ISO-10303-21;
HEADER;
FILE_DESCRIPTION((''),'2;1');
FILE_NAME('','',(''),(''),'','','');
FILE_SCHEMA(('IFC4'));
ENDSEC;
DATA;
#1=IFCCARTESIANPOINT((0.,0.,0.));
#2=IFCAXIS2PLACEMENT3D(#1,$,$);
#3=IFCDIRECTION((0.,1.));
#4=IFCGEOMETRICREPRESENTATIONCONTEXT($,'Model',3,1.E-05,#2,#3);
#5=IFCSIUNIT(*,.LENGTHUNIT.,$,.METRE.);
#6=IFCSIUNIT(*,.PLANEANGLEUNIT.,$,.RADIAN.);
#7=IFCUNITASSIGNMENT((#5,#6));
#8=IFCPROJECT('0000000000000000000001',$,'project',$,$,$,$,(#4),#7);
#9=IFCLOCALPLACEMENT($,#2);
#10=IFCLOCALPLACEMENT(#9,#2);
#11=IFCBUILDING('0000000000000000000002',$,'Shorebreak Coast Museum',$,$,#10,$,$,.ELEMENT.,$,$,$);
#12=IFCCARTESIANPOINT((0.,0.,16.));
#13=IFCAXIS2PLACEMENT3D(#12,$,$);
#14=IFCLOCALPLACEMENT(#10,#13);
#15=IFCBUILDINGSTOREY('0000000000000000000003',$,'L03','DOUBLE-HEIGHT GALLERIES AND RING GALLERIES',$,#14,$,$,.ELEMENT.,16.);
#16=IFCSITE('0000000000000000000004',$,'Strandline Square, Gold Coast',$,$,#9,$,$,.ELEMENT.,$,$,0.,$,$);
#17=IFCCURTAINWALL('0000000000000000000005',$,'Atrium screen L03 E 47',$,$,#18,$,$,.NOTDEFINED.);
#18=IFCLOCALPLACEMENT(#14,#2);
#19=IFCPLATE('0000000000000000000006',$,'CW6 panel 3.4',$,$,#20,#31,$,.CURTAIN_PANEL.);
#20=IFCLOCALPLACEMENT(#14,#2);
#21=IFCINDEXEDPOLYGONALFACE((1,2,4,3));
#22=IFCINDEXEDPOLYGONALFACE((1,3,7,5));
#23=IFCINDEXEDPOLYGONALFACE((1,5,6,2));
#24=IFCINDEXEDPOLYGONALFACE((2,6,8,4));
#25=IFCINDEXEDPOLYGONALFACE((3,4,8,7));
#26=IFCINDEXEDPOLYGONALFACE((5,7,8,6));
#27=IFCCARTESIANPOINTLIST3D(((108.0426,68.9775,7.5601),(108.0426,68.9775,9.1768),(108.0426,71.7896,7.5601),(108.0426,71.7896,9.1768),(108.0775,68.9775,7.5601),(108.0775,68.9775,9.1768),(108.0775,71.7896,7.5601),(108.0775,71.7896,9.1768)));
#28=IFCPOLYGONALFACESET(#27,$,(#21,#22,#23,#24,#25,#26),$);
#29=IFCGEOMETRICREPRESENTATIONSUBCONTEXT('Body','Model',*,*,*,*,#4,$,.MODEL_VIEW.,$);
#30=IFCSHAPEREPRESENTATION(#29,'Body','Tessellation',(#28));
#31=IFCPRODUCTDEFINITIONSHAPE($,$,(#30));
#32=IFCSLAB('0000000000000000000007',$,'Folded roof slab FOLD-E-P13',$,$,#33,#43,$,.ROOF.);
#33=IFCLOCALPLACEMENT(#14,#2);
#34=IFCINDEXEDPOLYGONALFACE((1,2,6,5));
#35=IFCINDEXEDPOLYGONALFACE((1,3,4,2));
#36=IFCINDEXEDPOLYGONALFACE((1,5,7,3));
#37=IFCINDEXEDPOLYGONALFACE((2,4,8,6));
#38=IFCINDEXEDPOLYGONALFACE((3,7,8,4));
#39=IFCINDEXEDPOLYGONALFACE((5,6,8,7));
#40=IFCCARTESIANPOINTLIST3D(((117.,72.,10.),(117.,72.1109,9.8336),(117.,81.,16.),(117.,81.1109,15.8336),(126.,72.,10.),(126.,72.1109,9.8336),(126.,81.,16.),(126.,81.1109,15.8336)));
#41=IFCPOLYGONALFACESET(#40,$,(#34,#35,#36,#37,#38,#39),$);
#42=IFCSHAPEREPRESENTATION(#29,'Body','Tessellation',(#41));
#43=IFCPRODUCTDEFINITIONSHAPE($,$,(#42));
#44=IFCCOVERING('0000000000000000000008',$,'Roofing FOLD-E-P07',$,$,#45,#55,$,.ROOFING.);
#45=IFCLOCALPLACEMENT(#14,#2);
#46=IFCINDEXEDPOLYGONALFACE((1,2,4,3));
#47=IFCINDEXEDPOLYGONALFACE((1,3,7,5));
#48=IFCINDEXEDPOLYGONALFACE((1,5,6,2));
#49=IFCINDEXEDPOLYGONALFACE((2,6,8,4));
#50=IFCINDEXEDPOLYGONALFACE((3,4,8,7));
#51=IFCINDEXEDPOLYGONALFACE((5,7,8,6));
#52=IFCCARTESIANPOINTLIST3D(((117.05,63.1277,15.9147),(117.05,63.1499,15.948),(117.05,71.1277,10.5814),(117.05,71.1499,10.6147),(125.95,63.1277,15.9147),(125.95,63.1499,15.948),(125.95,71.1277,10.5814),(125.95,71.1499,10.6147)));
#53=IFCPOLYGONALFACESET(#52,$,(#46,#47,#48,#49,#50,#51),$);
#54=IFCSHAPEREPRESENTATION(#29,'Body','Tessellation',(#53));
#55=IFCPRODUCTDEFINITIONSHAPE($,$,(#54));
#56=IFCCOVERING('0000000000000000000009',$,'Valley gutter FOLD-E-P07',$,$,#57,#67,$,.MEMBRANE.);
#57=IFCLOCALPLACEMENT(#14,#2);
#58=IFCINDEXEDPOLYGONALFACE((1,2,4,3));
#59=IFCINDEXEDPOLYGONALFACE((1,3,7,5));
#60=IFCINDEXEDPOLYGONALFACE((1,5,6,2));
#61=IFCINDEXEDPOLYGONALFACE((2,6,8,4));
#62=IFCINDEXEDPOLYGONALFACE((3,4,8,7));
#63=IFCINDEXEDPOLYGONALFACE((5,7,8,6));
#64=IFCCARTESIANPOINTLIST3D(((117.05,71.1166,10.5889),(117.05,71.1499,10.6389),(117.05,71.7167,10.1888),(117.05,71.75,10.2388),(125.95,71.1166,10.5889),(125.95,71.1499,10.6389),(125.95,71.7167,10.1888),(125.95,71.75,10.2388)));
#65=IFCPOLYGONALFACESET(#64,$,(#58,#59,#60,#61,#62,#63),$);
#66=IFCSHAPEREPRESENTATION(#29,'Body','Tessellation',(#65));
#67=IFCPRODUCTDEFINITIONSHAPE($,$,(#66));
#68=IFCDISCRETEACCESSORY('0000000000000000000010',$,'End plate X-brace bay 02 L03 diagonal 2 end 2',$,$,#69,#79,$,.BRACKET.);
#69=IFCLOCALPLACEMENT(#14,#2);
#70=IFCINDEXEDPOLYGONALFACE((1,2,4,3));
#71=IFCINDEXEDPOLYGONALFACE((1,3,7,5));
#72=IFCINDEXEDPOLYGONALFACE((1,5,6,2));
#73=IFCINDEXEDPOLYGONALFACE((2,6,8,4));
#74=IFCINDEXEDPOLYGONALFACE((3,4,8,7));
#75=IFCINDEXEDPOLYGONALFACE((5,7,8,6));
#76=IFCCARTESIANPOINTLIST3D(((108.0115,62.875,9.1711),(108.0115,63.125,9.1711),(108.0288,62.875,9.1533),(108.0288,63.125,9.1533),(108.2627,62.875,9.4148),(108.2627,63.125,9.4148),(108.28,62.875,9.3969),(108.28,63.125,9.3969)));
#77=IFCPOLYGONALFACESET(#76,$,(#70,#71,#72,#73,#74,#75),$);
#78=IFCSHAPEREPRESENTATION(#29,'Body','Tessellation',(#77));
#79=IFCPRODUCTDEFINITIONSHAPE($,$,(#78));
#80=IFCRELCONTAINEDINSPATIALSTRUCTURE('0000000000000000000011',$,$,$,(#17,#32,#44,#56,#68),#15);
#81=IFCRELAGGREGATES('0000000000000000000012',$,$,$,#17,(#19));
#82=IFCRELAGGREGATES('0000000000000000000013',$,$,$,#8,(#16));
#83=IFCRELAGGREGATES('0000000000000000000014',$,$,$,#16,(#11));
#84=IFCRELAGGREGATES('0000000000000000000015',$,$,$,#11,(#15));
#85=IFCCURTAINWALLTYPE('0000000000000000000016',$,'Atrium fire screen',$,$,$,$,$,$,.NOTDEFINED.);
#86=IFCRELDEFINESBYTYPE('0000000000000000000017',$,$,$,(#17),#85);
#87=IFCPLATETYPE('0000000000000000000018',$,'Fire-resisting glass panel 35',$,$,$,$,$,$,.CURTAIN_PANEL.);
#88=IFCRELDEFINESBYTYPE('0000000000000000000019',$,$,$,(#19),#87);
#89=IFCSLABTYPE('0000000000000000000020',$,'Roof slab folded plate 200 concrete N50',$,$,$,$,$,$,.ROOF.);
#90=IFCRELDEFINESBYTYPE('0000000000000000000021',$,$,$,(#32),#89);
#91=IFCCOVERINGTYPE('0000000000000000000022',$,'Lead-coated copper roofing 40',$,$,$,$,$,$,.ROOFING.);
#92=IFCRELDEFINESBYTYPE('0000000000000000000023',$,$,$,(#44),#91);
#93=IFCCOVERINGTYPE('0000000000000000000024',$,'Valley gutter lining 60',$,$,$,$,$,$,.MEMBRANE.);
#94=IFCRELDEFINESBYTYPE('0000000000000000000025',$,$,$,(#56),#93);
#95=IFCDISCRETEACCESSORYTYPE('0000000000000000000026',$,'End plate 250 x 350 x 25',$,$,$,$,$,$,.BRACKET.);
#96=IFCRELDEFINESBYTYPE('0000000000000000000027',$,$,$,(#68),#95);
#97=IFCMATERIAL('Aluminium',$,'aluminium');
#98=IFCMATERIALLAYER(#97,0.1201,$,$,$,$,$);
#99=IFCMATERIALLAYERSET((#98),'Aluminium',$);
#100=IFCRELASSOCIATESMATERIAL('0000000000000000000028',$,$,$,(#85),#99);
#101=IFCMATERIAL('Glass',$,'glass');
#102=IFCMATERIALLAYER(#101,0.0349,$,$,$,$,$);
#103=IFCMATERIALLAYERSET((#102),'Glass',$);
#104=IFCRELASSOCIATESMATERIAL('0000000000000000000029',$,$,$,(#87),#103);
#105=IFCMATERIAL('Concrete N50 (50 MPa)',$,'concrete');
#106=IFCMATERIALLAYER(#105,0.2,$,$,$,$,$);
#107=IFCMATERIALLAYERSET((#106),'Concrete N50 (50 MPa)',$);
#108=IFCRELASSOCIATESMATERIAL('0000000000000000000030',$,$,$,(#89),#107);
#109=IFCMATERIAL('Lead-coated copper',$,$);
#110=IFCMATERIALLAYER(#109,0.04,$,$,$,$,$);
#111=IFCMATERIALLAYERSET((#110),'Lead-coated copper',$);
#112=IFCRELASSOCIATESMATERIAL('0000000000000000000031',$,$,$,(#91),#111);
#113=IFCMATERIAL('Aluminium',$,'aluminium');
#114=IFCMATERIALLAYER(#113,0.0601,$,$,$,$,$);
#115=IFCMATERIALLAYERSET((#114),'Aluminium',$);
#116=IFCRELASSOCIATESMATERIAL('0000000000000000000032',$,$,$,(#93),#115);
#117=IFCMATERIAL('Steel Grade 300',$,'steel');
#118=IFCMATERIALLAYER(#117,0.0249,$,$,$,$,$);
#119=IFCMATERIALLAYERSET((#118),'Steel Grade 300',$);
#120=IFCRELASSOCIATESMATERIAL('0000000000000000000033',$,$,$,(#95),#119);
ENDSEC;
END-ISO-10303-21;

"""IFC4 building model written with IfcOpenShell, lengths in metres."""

from ifc_helpers import new_model, si_unit, direction, frame, origin, origin_2d, place, context, subcontext, project, spatial, polyline, rectangle, outline, extrude, material, layer, layer_set, type_object, element, aggregate, save


model = new_model("IFC4")

# Units and contexts
model_context = context("Model", 3, precision=1e-05, world=origin(), true_north=direction((0.0, 1.0)))
body_context = subcontext(model_context, "Body", "Model", "MODEL_VIEW")
ifc_project = project(units=[si_unit("LENGTHUNIT", "METRE"), si_unit("PLANEANGLEUNIT", "RADIAN")], contexts=[model_context])

# Site, building, storey
site_placement = place(None, origin())
site = spatial("IfcSite", under=ifc_project, at=site_placement, Name="Strandline Square, Gold Coast", CompositionType="ELEMENT", RefElevation=0.0)
building_placement = place(site_placement, origin())
building = spatial("IfcBuilding", under=site, at=building_placement, Name="Shorebreak Coast Museum", CompositionType="ELEMENT")
storey_placement = place(building_placement, frame((0.0, 0.0, 16.0)))
storey = spatial("IfcBuildingStorey", under=building, at=storey_placement, Name="L03", Description="DOUBLE-HEIGHT GALLERIES AND RING GALLERIES", CompositionType="ELEMENT", Elevation=16.0)

# Curtain wall
ifc_material_1 = material(Name="Aluminium", Category="aluminium")
ifc_layer_1 = layer(ifc_material_1, 0.1201)
ifc_layer_set_1 = layer_set([ifc_layer_1], Name="Aluminium")
curtain_wall_type = type_object("IfcCurtainWallType", Name="Atrium fire screen", PredefinedType="NOTDEFINED", material=ifc_layer_set_1)
curtain_wall_1_placement = place(storey_placement, origin())
curtain_wall_1 = element("IfcCurtainWall", 1, at=curtain_wall_1_placement, inside=storey, type_object=curtain_wall_type, Name="Atrium screen L03 E 47", PredefinedType="NOTDEFINED")

# Plate
ifc_material_2 = material(Name="Glass", Category="glass")
ifc_layer_2 = layer(ifc_material_2, 0.0349)
ifc_layer_set_2 = layer_set([ifc_layer_2], Name="Glass")
plate_type = type_object("IfcPlateType", Name="Fire-resisting glass panel 35", PredefinedType="CURTAIN_PANEL", material=ifc_layer_set_2)
plate_1_placement = place(storey_placement, frame((108.0601, 70.3835, 7.5601), z_axis=(0.0, 0.0, 1.0), x_axis=(0.0, 1.0, 0.0)))
plate_1 = element("IfcPlate", 2, at=plate_1_placement, type_object=plate_type, Name="CW6 panel 3.4", PredefinedType="CURTAIN_PANEL", context=body_context, shape_type="SweptSolid", body=[
    extrude(rectangle(XDim=2.812, YDim=0.0349, at=origin_2d()), origin(), (0.0, 0.0, 1.0), 1.6167),
])
aggregate(curtain_wall_1, [plate_1])

# Slab
ifc_material_3 = material(Name="Concrete N50 (50 MPa)", Category="concrete")
ifc_layer_3 = layer(ifc_material_3, 0.2)
ifc_layer_set_3 = layer_set([ifc_layer_3], Name="Concrete N50 (50 MPa)")
slab_type = type_object("IfcSlabType", Name="Roof slab folded plate 200 concrete N50", PredefinedType="ROOF", material=ifc_layer_set_3)
slab_placement = place(storey_placement, frame((117.0, 72.0, 10.0), z_axis=(0.0, -0.5547, 0.83205), x_axis=(1.0, 0.0, 0.0)))
element("IfcSlab", 3, at=slab_placement, inside=storey, type_object=slab_type, Name="Folded roof slab FOLD-E-P13", PredefinedType="ROOF", context=body_context, shape_type="SweptSolid", body=[
    extrude(outline(polyline([(0.0, 0.0), (9.0, 0.0), (9.0, 10.8167), (0.0, 10.8167), (0.0, 0.0)])), origin(), (0.0, 0.0, -1.0), 0.2),
])

# Coverings
ifc_material_4 = material(Name="Lead-coated copper")
ifc_layer_4 = layer(ifc_material_4, 0.04)
ifc_layer_set_4 = layer_set([ifc_layer_4], Name="Lead-coated copper")
covering_type_1 = type_object("IfcCoveringType", Name="Lead-coated copper roofing 40", PredefinedType="ROOFING", material=ifc_layer_set_4)
covering_1_placement = place(storey_placement, frame((117.05, 63.1499, 15.948), z_axis=(0.0, 0.554694, 0.832054), x_axis=(1.0, 0.0, 0.0)))
element("IfcCovering", 4, at=covering_1_placement, inside=storey, type_object=covering_type_1, Name="Roofing FOLD-E-P07", PredefinedType="ROOFING", context=body_context, shape_type="SweptSolid", body=[
    extrude(outline(polyline([(0.0, 0.0), (8.8999, 0.0), (8.8999, 9.6148), (0.0, 9.6148), (0.0, 0.0)])), origin(), (0.0, 0.0, -1.0), 0.04),
])
ifc_material_5 = material(Name="Aluminium", Category="aluminium")
ifc_layer_5 = layer(ifc_material_5, 0.0601)
ifc_layer_set_5 = layer_set([ifc_layer_5], Name="Aluminium")
covering_type_2 = type_object("IfcCoveringType", Name="Valley gutter lining 60", PredefinedType="MEMBRANE", material=ifc_layer_set_5)
covering_2_placement = place(storey_placement, frame((117.05, 71.1499, 10.6389), z_axis=(0.0, 0.554778, 0.831998), x_axis=(1.0, 0.0, 0.0)))
element("IfcCovering", 5, at=covering_2_placement, inside=storey, type_object=covering_type_2, Name="Valley gutter FOLD-E-P07", PredefinedType="MEMBRANE", context=body_context, shape_type="SweptSolid", body=[
    extrude(outline(polyline([(0.0, 0.0), (8.8999, 0.0), (8.8999, 0.7213), (0.0, 0.7213), (0.0, 0.0)])), origin(), (0.0, 0.0, -1.0), 0.0601),
])

# Discrete accessory
ifc_material_6 = material(Name="Steel Grade 300", Category="steel")
ifc_layer_6 = layer(ifc_material_6, 0.0249)
ifc_layer_set_6 = layer_set([ifc_layer_6], Name="Steel Grade 300")
discrete_accessory_type = type_object("IfcDiscreteAccessoryType", Name="End plate 250 x 350 x 25", PredefinedType="BRACKET", material=ifc_layer_set_6)
discrete_accessory_placement = place(storey_placement, frame((108.0115, 63.125, 9.1711), z_axis=(-0.696211, 0.0, 0.717837), x_axis=(0.0, -1.0, 0.0)))
element("IfcDiscreteAccessory", 6, at=discrete_accessory_placement, inside=storey, type_object=discrete_accessory_type, Name="End plate X-brace bay 02 L03 diagonal 2 end 2", PredefinedType="BRACKET", context=body_context, shape_type="SweptSolid", body=[
    extrude(outline(polyline([(0.0, 0.0), (0.25, 0.0), (0.25, 0.35), (0.0, 0.35), (0.0, 0.0)])), origin(), (0.0, 0.0, -1.0), 0.0249),
])

save(model, "model.ifc")
